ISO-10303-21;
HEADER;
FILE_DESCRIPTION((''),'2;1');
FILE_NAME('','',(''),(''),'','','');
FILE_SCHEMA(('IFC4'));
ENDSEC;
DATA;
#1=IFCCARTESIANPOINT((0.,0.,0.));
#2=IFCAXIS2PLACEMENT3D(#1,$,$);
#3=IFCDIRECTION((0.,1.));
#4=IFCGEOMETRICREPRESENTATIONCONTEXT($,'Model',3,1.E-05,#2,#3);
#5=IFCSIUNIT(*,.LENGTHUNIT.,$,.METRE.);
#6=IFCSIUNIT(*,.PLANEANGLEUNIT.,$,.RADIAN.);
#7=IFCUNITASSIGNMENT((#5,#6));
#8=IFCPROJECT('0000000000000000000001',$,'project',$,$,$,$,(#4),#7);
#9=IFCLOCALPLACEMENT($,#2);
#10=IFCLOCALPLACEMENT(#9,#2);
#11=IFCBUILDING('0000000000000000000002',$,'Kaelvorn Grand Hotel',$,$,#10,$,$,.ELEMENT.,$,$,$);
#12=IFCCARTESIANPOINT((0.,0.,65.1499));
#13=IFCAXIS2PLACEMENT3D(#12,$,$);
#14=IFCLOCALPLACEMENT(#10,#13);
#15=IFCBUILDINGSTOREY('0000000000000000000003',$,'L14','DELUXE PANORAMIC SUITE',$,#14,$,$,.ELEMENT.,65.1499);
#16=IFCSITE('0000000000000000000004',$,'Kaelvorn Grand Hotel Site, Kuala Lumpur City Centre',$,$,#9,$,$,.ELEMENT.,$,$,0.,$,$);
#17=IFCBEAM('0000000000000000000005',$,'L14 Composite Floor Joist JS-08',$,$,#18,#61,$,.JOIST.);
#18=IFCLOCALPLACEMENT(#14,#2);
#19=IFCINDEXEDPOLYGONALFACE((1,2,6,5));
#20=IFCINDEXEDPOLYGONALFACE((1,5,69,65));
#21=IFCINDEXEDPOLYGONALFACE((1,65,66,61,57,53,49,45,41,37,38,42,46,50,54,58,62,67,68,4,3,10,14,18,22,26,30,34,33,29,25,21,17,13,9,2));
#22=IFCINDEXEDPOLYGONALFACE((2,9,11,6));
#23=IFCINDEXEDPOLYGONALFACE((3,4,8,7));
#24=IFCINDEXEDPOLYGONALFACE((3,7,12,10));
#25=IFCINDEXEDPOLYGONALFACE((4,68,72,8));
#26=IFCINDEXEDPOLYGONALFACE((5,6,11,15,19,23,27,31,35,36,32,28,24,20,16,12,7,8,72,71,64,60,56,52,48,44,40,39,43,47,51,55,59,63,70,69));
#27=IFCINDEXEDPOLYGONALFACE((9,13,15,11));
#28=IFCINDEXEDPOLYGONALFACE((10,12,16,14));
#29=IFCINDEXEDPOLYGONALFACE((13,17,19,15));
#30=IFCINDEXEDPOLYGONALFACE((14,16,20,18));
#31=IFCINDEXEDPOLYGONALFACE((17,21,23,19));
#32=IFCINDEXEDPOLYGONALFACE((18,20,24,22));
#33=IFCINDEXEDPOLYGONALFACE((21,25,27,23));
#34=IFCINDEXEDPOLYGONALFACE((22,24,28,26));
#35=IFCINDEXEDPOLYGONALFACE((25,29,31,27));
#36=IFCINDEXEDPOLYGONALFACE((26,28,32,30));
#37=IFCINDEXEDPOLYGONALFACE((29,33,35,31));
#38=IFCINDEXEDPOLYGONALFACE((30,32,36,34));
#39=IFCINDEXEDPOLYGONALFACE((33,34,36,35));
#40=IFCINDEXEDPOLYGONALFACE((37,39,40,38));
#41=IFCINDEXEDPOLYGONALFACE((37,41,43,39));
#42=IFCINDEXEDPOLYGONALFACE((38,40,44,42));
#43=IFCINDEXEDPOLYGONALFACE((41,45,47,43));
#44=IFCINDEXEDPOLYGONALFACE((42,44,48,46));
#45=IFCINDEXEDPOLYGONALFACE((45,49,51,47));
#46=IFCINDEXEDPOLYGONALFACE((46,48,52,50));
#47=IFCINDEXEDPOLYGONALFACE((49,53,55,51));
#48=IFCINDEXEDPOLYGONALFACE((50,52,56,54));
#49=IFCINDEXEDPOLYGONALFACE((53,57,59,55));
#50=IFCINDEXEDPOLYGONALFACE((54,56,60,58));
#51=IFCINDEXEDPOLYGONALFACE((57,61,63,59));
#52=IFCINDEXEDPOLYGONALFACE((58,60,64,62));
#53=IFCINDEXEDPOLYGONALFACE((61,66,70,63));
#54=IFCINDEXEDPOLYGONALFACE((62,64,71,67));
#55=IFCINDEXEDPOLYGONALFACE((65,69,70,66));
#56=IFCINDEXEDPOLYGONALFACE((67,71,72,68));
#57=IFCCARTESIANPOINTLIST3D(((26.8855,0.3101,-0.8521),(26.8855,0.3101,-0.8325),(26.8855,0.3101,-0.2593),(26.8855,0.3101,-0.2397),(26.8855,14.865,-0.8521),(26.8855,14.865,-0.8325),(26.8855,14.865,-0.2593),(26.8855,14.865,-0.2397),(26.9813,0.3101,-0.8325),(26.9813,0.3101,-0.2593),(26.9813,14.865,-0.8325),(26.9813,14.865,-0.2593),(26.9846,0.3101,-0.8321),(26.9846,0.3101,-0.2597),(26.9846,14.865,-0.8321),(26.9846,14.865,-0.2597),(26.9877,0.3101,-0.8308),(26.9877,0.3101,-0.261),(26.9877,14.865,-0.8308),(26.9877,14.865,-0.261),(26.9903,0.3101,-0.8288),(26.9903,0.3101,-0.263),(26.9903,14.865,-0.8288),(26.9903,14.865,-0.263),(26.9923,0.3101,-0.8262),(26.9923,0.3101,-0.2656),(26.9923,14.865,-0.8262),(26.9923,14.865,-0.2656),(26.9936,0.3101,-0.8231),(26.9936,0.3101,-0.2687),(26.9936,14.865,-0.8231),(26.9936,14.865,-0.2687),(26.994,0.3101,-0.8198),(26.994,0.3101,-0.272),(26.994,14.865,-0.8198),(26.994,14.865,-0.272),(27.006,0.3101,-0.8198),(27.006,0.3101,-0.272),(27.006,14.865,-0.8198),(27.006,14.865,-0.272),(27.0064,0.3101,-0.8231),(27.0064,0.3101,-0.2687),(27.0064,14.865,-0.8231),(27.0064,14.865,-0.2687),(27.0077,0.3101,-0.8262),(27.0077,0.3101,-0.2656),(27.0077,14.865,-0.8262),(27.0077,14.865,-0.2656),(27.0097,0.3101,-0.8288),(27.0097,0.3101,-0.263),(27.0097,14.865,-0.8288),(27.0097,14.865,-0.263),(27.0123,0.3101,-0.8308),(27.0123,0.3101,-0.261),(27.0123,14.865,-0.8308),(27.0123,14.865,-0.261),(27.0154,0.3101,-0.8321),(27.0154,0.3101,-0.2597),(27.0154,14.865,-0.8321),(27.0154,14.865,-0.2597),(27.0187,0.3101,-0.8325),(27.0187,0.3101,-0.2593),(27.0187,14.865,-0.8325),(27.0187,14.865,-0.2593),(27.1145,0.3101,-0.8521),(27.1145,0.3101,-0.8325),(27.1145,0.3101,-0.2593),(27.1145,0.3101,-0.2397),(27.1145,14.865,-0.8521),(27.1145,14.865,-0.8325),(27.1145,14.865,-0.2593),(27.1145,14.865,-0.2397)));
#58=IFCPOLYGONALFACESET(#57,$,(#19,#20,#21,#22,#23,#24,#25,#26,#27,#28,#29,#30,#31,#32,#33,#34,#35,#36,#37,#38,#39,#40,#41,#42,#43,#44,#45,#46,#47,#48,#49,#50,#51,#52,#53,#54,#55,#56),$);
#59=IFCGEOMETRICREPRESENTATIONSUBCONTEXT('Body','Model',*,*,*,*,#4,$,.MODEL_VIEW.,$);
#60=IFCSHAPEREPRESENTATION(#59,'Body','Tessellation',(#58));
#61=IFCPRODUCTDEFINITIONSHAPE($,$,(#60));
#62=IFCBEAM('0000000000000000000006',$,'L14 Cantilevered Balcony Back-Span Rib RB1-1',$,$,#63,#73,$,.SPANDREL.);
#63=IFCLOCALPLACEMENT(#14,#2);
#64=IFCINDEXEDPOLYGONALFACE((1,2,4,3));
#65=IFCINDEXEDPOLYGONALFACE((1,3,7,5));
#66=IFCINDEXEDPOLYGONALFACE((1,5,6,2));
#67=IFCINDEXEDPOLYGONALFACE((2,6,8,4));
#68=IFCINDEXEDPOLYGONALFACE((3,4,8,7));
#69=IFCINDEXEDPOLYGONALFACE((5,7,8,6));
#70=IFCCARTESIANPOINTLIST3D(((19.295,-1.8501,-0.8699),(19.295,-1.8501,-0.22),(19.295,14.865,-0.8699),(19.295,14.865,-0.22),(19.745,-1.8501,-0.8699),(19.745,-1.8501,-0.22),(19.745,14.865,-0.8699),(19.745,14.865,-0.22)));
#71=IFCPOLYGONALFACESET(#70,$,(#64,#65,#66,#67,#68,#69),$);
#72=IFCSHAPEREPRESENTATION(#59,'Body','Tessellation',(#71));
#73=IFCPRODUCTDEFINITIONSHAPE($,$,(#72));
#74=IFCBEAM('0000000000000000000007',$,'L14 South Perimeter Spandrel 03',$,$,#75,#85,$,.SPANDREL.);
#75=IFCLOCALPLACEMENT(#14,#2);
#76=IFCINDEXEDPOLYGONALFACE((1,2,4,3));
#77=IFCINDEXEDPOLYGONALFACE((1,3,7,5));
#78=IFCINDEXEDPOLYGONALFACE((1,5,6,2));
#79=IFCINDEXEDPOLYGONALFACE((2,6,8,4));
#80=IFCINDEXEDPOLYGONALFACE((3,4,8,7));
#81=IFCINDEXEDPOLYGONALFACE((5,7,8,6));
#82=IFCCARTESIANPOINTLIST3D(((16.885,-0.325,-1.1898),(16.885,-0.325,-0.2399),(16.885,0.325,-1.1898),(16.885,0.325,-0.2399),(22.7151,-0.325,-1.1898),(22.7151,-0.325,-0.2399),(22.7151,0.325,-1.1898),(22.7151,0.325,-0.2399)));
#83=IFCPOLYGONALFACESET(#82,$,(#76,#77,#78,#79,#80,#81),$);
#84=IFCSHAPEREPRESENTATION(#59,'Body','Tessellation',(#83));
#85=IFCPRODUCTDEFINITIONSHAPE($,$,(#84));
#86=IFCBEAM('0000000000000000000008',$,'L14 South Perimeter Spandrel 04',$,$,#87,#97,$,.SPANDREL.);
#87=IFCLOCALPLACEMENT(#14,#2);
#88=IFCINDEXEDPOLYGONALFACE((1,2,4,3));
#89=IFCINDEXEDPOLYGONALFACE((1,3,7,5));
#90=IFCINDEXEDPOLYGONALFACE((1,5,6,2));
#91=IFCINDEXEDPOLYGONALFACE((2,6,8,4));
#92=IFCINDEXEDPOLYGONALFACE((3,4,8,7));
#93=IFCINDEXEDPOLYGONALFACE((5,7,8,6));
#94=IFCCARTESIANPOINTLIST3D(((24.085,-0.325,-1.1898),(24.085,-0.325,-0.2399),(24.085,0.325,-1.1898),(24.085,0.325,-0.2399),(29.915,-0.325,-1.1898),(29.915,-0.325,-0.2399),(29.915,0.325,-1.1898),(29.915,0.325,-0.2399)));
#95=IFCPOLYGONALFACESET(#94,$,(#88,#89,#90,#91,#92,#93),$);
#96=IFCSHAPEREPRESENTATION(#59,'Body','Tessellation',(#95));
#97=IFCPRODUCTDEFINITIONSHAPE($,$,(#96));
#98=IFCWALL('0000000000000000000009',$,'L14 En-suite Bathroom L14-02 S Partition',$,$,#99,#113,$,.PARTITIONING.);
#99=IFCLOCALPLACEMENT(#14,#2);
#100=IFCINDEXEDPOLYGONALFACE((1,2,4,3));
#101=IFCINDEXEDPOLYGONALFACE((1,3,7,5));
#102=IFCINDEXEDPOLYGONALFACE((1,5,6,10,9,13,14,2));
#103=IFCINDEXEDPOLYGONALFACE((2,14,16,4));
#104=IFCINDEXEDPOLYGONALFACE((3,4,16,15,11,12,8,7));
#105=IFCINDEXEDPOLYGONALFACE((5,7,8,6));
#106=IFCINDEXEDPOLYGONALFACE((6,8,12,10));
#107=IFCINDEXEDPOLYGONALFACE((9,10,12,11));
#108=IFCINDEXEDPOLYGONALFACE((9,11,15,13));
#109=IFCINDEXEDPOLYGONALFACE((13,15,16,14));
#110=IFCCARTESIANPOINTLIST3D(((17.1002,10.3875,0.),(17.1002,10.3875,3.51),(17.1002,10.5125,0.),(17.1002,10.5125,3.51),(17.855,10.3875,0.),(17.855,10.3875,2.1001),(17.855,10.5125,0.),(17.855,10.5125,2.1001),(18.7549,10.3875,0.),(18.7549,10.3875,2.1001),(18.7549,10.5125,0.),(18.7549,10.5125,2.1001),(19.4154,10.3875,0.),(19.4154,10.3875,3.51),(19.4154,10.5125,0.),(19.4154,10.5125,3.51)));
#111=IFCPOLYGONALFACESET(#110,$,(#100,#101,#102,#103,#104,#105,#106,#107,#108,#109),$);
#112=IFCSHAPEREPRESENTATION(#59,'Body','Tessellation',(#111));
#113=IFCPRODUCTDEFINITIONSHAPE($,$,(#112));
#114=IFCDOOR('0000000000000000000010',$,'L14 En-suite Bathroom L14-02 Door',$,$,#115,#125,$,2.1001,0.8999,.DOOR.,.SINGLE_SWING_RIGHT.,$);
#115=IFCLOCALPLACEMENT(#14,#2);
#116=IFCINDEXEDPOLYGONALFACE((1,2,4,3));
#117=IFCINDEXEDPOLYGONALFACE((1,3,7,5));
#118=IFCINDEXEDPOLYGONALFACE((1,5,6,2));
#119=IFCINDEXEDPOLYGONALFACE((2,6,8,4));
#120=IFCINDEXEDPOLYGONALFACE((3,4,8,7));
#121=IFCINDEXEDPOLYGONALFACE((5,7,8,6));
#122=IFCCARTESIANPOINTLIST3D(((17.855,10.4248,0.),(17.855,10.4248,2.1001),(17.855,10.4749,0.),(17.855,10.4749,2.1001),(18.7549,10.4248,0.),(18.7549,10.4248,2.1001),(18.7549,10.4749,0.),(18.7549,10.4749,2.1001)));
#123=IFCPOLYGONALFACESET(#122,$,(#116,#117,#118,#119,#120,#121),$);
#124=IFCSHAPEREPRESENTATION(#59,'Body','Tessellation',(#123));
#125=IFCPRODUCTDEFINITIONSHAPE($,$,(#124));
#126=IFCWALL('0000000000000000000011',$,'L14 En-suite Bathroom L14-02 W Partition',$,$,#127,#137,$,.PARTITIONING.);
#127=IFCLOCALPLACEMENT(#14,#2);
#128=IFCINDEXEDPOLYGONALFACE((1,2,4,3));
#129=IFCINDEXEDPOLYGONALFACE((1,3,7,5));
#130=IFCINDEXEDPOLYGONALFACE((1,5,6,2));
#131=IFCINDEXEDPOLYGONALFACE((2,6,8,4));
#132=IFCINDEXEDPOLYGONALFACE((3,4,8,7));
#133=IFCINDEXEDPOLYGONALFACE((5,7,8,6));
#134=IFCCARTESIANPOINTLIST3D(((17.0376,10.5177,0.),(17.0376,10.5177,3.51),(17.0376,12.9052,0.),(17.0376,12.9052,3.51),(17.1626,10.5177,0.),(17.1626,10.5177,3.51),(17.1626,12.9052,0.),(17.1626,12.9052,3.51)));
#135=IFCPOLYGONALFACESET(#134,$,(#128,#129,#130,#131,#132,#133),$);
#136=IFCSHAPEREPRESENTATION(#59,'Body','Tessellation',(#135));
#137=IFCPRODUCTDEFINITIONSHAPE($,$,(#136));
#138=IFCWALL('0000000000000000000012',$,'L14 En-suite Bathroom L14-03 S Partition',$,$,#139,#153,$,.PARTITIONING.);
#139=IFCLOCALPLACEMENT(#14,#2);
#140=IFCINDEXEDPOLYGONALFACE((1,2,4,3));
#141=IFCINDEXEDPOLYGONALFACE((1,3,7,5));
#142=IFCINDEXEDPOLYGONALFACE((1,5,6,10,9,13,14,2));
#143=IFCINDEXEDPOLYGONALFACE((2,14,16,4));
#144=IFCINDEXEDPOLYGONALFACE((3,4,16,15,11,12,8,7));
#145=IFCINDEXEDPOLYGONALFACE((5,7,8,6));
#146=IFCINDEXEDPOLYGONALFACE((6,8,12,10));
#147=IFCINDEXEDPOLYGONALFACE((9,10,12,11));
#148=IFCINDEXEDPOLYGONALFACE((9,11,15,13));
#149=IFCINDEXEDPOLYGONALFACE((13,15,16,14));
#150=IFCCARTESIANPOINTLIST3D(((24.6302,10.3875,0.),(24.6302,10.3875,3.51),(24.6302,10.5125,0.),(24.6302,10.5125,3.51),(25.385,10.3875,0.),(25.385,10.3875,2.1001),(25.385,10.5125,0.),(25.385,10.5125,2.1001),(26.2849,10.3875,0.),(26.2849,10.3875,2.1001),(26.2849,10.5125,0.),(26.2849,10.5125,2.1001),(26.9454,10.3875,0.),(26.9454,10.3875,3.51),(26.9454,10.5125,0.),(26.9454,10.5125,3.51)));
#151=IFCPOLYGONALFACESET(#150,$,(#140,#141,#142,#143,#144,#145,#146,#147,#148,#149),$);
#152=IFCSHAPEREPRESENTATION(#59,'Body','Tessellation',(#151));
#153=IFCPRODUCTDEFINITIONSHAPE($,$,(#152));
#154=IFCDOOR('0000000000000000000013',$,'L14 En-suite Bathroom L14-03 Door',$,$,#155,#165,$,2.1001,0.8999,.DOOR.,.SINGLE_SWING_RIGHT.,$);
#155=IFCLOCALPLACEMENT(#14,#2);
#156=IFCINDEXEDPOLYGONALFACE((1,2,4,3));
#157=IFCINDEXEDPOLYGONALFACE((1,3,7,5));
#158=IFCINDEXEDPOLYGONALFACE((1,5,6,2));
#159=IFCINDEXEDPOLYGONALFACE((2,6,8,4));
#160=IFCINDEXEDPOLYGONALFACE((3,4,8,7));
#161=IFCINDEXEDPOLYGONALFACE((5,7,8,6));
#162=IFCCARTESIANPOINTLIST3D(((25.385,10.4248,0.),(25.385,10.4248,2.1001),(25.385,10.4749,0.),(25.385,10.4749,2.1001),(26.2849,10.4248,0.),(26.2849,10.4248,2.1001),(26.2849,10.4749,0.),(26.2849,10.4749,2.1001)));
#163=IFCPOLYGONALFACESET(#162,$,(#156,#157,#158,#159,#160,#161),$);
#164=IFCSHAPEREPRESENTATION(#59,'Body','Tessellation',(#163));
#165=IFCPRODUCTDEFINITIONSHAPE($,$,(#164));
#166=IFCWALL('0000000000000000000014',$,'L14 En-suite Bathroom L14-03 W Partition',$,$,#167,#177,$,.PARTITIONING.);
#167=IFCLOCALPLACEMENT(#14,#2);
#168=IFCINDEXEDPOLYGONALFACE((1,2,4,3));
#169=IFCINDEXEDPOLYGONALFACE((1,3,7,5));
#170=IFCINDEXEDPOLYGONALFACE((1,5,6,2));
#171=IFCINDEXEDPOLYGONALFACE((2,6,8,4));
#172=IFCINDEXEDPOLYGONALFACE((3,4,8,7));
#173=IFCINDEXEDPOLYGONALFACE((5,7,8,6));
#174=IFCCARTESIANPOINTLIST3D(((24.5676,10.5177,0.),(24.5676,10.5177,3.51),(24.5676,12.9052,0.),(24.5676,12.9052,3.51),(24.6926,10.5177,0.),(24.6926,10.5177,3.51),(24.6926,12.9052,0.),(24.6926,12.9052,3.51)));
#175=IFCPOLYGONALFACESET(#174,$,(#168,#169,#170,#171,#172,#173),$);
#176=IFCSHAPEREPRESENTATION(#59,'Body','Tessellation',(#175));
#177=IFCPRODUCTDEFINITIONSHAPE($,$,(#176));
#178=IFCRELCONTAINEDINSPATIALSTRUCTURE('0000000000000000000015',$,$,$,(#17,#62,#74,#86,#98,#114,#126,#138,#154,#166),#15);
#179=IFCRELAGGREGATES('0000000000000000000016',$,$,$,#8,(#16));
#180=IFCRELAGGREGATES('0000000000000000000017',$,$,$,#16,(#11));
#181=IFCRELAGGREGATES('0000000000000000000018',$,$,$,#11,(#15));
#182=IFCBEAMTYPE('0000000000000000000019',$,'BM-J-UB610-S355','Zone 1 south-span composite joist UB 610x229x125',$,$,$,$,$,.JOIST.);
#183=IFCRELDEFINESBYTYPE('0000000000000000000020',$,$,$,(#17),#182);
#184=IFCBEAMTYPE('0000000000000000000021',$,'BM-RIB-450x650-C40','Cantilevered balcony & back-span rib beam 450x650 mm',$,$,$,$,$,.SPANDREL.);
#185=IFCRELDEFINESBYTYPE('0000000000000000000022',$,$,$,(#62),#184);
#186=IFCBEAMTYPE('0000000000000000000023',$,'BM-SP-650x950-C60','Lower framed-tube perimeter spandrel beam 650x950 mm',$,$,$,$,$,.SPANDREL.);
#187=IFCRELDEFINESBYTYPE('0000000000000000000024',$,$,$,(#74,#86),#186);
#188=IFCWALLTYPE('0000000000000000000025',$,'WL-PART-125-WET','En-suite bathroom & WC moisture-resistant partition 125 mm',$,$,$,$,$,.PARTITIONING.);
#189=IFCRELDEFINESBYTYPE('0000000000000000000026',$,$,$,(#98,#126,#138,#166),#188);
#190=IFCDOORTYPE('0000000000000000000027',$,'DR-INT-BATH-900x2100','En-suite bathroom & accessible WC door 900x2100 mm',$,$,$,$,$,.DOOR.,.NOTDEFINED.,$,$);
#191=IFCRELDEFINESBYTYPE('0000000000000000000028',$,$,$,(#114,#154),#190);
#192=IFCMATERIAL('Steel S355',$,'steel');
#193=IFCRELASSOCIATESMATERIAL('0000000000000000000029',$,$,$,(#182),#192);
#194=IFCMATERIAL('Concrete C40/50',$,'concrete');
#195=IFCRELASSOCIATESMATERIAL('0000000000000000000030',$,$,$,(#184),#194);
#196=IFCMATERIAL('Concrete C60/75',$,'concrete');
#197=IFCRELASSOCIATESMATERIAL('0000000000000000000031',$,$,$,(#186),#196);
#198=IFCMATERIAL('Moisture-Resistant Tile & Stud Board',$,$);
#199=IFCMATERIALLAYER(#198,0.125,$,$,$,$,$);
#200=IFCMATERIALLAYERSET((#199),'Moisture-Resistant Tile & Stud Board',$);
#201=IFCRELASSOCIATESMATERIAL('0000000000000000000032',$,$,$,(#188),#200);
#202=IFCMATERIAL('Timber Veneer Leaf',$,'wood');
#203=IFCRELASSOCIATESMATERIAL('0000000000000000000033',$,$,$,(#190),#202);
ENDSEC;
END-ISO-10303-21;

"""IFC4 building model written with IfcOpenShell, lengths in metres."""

from ifc_helpers import new_model, si_unit, direction, frame, frame_2d, origin, origin_2d, place, context, subcontext, project, spatial, rectangle, i_section, extrude, material, layer, layer_set, material_profile, profile_set, type_object, element, fill, save


model = new_model("IFC4")

# Units and contexts
model_context = context("Model", 3, precision=1e-05, world=origin(), true_north=direction((0.0, 1.0)))
body_context = subcontext(model_context, "Body", "Model", "MODEL_VIEW")
ifc_project = project(units=[si_unit("LENGTHUNIT", "METRE"), si_unit("PLANEANGLEUNIT", "RADIAN")], contexts=[model_context])

# Site, building, storey
site_placement = place(None, origin())
site = spatial("IfcSite", under=ifc_project, at=site_placement, Name="Kaelvorn Grand Hotel Site, Kuala Lumpur City Centre", CompositionType="ELEMENT", RefElevation=0.0)
building_placement = place(site_placement, origin())
building = spatial("IfcBuilding", under=site, at=building_placement, Name="Kaelvorn Grand Hotel", CompositionType="ELEMENT")
storey_placement = place(building_placement, frame((0.0, 0.0, 65.1499)))
storey = spatial("IfcBuildingStorey", under=building, at=storey_placement, Name="L14", Description="DELUXE PANORAMIC SUITE", CompositionType="ELEMENT", Elevation=65.1499)

# Beams
ifc_material_1 = material(Name="Steel S355", Category="steel")
ifc_material_profile_1 = material_profile(ifc_material_1, i_section(OverallWidth=0.229, OverallDepth=0.6123, WebThickness=0.012, FlangeThickness=0.0195, FilletRadius=0.0127, at=origin_2d()), Name="UB 610x229x125")
ifc_profile_set_1 = profile_set([ifc_material_profile_1], Name="Steel S355")
beam_type_1 = type_object("IfcBeamType", Name="BM-J-UB610-S355", Description="Zone 1 south-span composite joist UB 610x229x125", PredefinedType="JOIST", material=ifc_profile_set_1)
beam_1_placement = place(storey_placement, frame((27.0, 0.3101, -0.5459), z_axis=(0.0, 1.0, 0.0), x_axis=(-1.0, 0.0, 0.0)))
element("IfcBeam", 1, at=beam_1_placement, inside=storey, type_object=beam_type_1, Name="L14 Composite Floor Joist JS-08", PredefinedType="JOIST", context=body_context, shape_type="SweptSolid", body=[
    extrude(i_section(OverallWidth=0.229, OverallDepth=0.6123, WebThickness=0.012, FlangeThickness=0.0195, FilletRadius=0.0127, at=origin_2d()), origin(), (0.0, 0.0, 1.0), 14.5549),
])
ifc_material_2 = material(Name="Concrete C40/50", Category="concrete")
ifc_material_profile_2 = material_profile(ifc_material_2, rectangle(XDim=0.45, YDim=0.6499, at=origin_2d()), Name="RC RIB 450x650")
ifc_profile_set_2 = profile_set([ifc_material_profile_2], Name="Concrete C40/50")
beam_type_2 = type_object("IfcBeamType", Name="BM-RIB-450x650-C40", Description="Cantilevered balcony & back-span rib beam 450x650 mm", PredefinedType="SPANDREL", material=ifc_profile_set_2)
beam_2_placement = place(storey_placement, frame((19.52, -1.8501, -0.5449), z_axis=(0.0, 1.0, 0.0), x_axis=(-1.0, 0.0, 0.0)))
element("IfcBeam", 2, at=beam_2_placement, inside=storey, type_object=beam_type_2, Name="L14 Cantilevered Balcony Back-Span Rib RB1-1", PredefinedType="SPANDREL", context=body_context, shape_type="SweptSolid", body=[
    extrude(rectangle(XDim=0.45, YDim=0.6499, at=origin_2d()), origin(), (0.0, 0.0, 1.0), 16.7151),
])
ifc_material_3 = material(Name="Concrete C60/75", Category="concrete")
ifc_material_profile_3 = material_profile(ifc_material_3, rectangle(XDim=0.6499, YDim=0.95, at=origin_2d()), Name="RC SPANDREL 650x950")
ifc_profile_set_3 = profile_set([ifc_material_profile_3], Name="Concrete C60/75")
beam_type_3 = type_object("IfcBeamType", Name="BM-SP-650x950-C60", Description="Lower framed-tube perimeter spandrel beam 650x950 mm", PredefinedType="SPANDREL", material=ifc_profile_set_3)
for number, where, z_axis, x_axis, name in (
    (3, (16.885, 0.0, -0.7148), (1.0, 0.0, 0.0), (0.0, 1.0, 0.0), "L14 South Perimeter Spandrel 03"),
    (4, (24.085, 0.0, -0.7148), (1.0, 0.0, 0.0), (0.0, 1.0, 0.0), "L14 South Perimeter Spandrel 04"),
):
    element("IfcBeam", number, at=place(storey_placement, frame(where, z_axis=z_axis, x_axis=x_axis)), inside=storey, type_object=beam_type_3, Name=name, PredefinedType="SPANDREL", context=body_context, shape_type="SweptSolid", body=[
        extrude(rectangle(XDim=0.6499, YDim=0.95, at=origin_2d()), origin(), (0.0, 0.0, 1.0), 5.8301),
    ])

# Wall, opening, door
ifc_material_4 = material(Name="Moisture-Resistant Tile & Stud Board")
ifc_layer_1 = layer(ifc_material_4, 0.125)
ifc_layer_set_1 = layer_set([ifc_layer_1], Name="Moisture-Resistant Tile & Stud Board")
wall_type_1 = type_object("IfcWallType", Name="WL-PART-125-WET", Description="En-suite bathroom & WC moisture-resistant partition 125 mm", PredefinedType="PARTITIONING", material=ifc_layer_set_1)
wall_1_placement = place(storey_placement, frame((17.1001, 10.45, 0.0), z_axis=(0.0, 0.0, 1.0), x_axis=(1.0, 0.0, 0.0)))
wall_1 = element("IfcWall", 5, at=wall_1_placement, inside=storey, type_object=wall_type_1, Name="L14 En-suite Bathroom L14-02 S Partition", PredefinedType="PARTITIONING", context=body_context, shape_type="SweptSolid", body=[
    extrude(rectangle(XDim=2.3152, YDim=0.125, at=frame_2d((1.1577, 0.0))), origin(), (0.0, 0.0, 1.0), 3.51),
])
opening_1_placement = place(wall_1_placement, frame((0.7549, 0.0, 0.0)))
opening_1 = element("IfcOpeningElement", 6, at=opening_1_placement, cuts=wall_1, PredefinedType="OPENING", context=body_context, shape_type="SweptSolid", body=[
    extrude(rectangle(XDim=0.8999, YDim=2.1001, at=frame_2d((0.45, 1.05))), frame((0.0, 0.0725, 0.0), z_axis=(0.0, -1.0, 0.0), x_axis=(1.0, 0.0, 0.0)), (0.0, 0.0, 1.0), 0.145),
])
ifc_material_5 = material(Name="Timber Veneer Leaf", Category="wood")
door_type_1 = type_object("IfcDoorType", Name="DR-INT-BATH-900x2100", Description="En-suite bathroom & accessible WC door 900x2100 mm", OperationType="NOTDEFINED", PredefinedType="DOOR", material=ifc_material_5)
door_1_placement = place(opening_1_placement, origin())
door_1 = element("IfcDoor", 7, at=door_1_placement, inside=storey, type_object=door_type_1, Name="L14 En-suite Bathroom L14-02 Door", OperationType="SINGLE_SWING_RIGHT", OverallHeight=2.1001, OverallWidth=0.8999, PredefinedType="DOOR", context=body_context, shape_type="SweptSolid", body=[
    extrude(rectangle(XDim=0.8999, YDim=2.1001, at=frame_2d((0.45, 1.05))), frame((0.0, 0.0249, 0.0), z_axis=(0.0, -1.0, 0.0), x_axis=(1.0, 0.0, 0.0)), (0.0, 0.0, 1.0), 0.05),
])
fill(opening_1, door_1)

# Wall
wall_2_placement = place(storey_placement, frame((17.1001, 10.5176, 0.0), z_axis=(0.0, 0.0, 1.0), x_axis=(0.0, 1.0, 0.0)))
element("IfcWall", 8, at=wall_2_placement, inside=storey, type_object=wall_type_1, Name="L14 En-suite Bathroom L14-02 W Partition", PredefinedType="PARTITIONING", context=body_context, shape_type="SweptSolid", body=[
    extrude(rectangle(XDim=2.3875, YDim=0.125, at=frame_2d((1.1938, 0.0))), origin(), (0.0, 0.0, 1.0), 3.51),
])

# Wall, opening, door
wall_3_placement = place(storey_placement, frame((24.6301, 10.45, 0.0), z_axis=(0.0, 0.0, 1.0), x_axis=(1.0, 0.0, 0.0)))
wall_3 = element("IfcWall", 9, at=wall_3_placement, inside=storey, type_object=wall_type_1, Name="L14 En-suite Bathroom L14-03 S Partition", PredefinedType="PARTITIONING", context=body_context, shape_type="SweptSolid", body=[
    extrude(rectangle(XDim=2.3152, YDim=0.125, at=frame_2d((1.1577, 0.0))), origin(), (0.0, 0.0, 1.0), 3.51),
])
opening_2_placement = place(wall_3_placement, frame((0.7549, 0.0, 0.0)))
opening_2 = element("IfcOpeningElement", 10, at=opening_2_placement, cuts=wall_3, PredefinedType="OPENING", context=body_context, shape_type="SweptSolid", body=[
    extrude(rectangle(XDim=0.8999, YDim=2.1001, at=frame_2d((0.45, 1.05))), frame((0.0, 0.0725, 0.0), z_axis=(0.0, -1.0, 0.0), x_axis=(1.0, 0.0, 0.0)), (0.0, 0.0, 1.0), 0.145),
])
door_2_placement = place(opening_2_placement, origin())
door_2 = element("IfcDoor", 11, at=door_2_placement, inside=storey, type_object=door_type_1, Name="L14 En-suite Bathroom L14-03 Door", OperationType="SINGLE_SWING_RIGHT", OverallHeight=2.1001, OverallWidth=0.8999, PredefinedType="DOOR", context=body_context, shape_type="SweptSolid", body=[
    extrude(rectangle(XDim=0.8999, YDim=2.1001, at=frame_2d((0.45, 1.05))), frame((0.0, 0.0249, 0.0), z_axis=(0.0, -1.0, 0.0), x_axis=(1.0, 0.0, 0.0)), (0.0, 0.0, 1.0), 0.05),
])
fill(opening_2, door_2)

# Wall
wall_4_placement = place(storey_placement, frame((24.6301, 10.5176, 0.0), z_axis=(0.0, 0.0, 1.0), x_axis=(0.0, 1.0, 0.0)))
element("IfcWall", 12, at=wall_4_placement, inside=storey, type_object=wall_type_1, Name="L14 En-suite Bathroom L14-03 W Partition", PredefinedType="PARTITIONING", context=body_context, shape_type="SweptSolid", body=[
    extrude(rectangle(XDim=2.3875, YDim=0.125, at=frame_2d((1.1938, 0.0))), origin(), (0.0, 0.0, 1.0), 3.51),
])

save(model, "model.ifc")
